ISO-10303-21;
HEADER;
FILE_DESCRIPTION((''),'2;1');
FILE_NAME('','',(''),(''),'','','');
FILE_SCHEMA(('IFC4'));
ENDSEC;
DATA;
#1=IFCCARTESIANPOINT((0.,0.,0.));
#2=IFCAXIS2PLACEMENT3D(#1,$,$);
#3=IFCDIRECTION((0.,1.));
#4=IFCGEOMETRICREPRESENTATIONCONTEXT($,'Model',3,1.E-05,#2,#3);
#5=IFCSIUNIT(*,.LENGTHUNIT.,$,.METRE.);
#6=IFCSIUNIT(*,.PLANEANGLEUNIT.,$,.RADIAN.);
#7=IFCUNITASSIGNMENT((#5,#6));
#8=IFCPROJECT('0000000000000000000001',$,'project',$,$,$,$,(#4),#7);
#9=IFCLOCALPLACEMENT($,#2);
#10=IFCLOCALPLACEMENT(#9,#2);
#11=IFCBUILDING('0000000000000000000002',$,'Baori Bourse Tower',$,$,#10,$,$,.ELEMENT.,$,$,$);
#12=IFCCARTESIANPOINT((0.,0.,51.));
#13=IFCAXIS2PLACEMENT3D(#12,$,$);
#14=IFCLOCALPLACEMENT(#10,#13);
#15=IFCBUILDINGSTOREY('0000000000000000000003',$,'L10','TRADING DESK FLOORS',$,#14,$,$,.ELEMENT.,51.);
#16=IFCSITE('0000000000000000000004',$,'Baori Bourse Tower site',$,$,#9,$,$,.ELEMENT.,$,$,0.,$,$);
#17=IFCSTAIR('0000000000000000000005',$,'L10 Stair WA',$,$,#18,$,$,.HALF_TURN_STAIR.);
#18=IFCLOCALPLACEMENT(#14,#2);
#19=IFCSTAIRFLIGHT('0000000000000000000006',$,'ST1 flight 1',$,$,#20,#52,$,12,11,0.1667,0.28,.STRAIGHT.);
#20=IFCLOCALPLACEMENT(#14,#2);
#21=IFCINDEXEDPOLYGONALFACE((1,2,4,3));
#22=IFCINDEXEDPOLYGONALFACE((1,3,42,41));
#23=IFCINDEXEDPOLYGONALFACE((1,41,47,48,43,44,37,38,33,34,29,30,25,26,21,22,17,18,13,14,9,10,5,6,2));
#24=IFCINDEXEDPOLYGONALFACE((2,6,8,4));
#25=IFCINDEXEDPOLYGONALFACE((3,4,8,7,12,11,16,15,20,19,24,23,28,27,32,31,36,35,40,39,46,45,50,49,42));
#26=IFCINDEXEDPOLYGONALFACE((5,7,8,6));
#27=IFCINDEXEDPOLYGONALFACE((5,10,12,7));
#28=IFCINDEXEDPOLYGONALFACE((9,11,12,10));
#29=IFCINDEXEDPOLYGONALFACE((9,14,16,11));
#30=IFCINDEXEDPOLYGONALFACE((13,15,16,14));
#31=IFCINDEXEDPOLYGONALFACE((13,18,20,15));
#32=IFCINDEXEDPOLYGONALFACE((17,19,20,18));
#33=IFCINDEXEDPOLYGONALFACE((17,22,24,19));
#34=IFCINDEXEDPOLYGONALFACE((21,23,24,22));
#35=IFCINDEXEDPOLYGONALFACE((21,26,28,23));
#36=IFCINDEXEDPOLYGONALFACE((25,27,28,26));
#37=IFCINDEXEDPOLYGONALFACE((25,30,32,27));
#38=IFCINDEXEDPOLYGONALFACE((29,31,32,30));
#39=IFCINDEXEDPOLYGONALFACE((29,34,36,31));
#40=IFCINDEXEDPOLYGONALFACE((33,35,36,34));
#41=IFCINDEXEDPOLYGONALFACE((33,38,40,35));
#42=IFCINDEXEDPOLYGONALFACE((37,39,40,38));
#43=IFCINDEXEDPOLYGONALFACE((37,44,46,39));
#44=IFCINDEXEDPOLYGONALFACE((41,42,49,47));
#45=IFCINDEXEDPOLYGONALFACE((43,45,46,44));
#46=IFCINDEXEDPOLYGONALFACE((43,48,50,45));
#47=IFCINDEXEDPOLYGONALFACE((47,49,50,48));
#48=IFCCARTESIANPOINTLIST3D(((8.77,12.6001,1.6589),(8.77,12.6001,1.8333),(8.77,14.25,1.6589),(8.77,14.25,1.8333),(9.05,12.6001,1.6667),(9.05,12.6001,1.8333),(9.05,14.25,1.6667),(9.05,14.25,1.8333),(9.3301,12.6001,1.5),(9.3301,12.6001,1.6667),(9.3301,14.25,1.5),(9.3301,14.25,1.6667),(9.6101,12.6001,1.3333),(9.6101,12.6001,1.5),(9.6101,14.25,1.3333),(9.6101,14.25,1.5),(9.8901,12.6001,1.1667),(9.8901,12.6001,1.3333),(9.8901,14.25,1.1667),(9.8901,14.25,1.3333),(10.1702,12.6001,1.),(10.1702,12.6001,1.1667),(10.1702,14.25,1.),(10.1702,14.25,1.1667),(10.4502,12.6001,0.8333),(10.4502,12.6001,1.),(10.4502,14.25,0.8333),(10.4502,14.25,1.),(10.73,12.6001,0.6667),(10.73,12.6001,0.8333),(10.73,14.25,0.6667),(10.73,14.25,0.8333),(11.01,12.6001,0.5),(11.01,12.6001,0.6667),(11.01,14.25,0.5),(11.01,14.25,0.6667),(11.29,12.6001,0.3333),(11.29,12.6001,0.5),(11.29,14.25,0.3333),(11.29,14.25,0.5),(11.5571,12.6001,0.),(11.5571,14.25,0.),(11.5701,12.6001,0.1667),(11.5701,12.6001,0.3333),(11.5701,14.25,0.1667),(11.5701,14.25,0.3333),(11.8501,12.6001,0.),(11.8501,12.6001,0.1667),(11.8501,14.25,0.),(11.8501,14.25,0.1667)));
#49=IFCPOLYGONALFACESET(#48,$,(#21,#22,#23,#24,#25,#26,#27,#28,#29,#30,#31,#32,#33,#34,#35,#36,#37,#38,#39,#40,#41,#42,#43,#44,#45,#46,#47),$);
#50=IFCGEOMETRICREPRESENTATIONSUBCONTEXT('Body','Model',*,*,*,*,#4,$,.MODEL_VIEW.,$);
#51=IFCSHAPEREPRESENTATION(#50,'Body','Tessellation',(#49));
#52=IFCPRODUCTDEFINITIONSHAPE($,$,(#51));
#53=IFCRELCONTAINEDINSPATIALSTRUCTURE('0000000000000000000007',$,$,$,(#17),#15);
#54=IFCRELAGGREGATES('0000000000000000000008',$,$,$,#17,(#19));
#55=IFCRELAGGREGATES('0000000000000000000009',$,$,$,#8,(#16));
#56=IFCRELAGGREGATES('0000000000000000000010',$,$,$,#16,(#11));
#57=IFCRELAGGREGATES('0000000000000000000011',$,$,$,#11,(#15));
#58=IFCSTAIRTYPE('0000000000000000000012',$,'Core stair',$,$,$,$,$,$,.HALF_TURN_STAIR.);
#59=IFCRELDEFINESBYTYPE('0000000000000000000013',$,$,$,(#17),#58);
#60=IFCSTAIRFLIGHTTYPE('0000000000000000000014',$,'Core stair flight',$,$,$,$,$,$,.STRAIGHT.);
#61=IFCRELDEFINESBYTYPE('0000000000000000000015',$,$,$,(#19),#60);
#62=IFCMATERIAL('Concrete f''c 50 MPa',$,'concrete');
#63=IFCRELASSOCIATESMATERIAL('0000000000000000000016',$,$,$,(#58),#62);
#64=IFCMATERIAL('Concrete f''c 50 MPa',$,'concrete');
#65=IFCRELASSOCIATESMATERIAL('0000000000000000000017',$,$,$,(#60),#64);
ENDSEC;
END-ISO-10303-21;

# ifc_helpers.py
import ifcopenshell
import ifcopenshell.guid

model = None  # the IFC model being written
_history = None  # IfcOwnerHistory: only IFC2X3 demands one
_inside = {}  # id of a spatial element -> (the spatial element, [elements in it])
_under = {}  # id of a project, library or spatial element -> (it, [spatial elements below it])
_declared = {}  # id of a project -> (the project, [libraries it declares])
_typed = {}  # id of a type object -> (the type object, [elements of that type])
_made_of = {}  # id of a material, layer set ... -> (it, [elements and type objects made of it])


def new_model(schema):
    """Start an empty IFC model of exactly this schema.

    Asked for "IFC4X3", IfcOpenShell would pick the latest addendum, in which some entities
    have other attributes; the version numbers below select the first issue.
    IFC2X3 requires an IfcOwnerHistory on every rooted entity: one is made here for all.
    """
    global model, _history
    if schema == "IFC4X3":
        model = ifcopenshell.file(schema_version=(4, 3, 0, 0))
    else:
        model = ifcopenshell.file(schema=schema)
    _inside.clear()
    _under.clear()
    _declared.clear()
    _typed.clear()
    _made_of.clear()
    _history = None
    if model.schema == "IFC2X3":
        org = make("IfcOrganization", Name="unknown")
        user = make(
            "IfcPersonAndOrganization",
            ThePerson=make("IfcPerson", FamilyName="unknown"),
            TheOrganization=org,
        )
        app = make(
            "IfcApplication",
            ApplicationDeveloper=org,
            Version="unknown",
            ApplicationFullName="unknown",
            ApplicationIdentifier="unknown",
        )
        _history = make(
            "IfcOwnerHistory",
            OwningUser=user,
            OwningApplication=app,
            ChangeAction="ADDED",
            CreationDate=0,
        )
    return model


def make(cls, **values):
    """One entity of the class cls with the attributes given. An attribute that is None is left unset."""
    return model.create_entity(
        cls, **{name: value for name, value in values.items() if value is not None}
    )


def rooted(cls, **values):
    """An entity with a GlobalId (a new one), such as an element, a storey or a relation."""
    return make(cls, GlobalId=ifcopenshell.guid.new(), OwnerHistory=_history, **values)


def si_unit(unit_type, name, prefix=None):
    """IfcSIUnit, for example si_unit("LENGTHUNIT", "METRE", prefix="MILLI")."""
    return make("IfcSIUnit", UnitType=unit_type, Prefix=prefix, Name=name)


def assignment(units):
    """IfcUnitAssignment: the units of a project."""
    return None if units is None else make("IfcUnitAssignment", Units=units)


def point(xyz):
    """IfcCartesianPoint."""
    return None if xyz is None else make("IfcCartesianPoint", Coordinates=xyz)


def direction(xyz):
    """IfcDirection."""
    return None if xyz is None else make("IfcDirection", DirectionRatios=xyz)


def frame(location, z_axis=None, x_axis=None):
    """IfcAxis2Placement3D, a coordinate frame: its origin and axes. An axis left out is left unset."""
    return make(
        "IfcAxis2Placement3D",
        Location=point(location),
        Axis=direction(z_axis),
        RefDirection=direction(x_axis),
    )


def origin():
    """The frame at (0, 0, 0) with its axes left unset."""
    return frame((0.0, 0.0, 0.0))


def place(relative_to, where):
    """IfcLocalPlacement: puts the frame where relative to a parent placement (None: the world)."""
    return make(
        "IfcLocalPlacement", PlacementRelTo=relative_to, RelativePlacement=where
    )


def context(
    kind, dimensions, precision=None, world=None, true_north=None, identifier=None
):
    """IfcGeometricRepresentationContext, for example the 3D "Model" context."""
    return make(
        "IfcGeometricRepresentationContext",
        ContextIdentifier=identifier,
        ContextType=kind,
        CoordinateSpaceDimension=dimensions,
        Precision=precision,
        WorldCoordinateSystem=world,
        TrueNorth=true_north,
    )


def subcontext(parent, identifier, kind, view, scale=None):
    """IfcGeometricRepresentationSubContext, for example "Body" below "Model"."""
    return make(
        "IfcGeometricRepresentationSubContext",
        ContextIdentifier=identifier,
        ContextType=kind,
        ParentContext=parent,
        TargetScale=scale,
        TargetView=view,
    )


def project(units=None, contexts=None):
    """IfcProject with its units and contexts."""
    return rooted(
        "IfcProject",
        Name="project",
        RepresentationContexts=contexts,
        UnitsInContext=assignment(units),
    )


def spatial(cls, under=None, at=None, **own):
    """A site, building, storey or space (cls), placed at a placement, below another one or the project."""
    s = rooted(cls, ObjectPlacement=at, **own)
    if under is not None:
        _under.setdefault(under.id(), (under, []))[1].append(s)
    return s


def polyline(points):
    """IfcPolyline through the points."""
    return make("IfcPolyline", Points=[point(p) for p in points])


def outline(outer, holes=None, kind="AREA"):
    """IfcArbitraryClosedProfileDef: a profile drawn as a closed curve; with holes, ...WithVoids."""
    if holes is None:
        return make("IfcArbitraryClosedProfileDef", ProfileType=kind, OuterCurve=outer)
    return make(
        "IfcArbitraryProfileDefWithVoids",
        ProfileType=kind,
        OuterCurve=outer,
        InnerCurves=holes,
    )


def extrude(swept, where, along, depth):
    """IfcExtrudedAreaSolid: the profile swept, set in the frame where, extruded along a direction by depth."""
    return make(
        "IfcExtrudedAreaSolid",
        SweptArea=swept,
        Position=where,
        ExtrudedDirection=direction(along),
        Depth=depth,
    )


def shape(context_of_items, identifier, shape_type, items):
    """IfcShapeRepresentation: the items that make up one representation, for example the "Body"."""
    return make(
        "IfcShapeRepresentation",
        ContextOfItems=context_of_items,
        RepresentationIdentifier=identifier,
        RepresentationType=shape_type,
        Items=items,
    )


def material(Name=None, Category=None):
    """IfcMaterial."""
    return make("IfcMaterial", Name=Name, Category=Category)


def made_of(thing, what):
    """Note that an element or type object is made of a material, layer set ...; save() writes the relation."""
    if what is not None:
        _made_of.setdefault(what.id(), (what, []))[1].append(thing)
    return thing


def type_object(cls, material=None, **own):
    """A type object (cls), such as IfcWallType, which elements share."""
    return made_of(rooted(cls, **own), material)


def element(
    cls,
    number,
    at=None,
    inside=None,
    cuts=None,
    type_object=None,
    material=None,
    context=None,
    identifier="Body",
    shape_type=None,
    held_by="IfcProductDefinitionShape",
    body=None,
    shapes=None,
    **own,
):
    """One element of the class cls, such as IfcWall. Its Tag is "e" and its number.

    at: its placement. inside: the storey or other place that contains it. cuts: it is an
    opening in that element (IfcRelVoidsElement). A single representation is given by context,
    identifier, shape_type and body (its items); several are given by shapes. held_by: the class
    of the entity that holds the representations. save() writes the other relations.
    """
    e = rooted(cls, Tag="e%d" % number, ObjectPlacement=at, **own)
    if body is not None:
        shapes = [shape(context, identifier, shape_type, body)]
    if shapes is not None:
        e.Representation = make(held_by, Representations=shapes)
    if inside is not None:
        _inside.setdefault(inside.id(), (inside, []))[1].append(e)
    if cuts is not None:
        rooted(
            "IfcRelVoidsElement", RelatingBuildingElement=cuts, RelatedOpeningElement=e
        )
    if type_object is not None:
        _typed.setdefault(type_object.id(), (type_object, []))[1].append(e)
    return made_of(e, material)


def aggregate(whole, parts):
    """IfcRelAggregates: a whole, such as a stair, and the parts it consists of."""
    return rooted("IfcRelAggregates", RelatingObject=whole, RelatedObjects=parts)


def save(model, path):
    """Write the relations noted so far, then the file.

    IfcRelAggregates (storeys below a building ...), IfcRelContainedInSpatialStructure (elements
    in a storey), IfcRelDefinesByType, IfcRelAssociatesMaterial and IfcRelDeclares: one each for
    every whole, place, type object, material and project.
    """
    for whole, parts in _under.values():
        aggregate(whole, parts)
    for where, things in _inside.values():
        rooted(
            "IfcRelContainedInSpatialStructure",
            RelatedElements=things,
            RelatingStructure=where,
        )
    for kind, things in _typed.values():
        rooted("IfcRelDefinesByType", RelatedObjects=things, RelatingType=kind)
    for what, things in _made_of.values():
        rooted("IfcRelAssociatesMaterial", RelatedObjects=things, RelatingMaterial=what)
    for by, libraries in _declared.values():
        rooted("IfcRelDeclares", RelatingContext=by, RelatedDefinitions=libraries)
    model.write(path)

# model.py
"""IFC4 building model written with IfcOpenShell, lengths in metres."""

from ifc_helpers import new_model, si_unit, direction, frame, origin, place, context, subcontext, project, spatial, polyline, outline, extrude, material, type_object, element, aggregate, save


model = new_model("IFC4")

# Units and contexts
model_context = context("Model", 3, precision=1e-05, world=origin(), true_north=direction((0.0, 1.0)))
body_context = subcontext(model_context, "Body", "Model", "MODEL_VIEW")
ifc_project = project(units=[si_unit("LENGTHUNIT", "METRE"), si_unit("PLANEANGLEUNIT", "RADIAN")], contexts=[model_context])

# Site, building, storey
site_placement = place(None, origin())
site = spatial("IfcSite", under=ifc_project, at=site_placement, Name="Baori Bourse Tower site", CompositionType="ELEMENT", RefElevation=0.0)
building_placement = place(site_placement, origin())
building = spatial("IfcBuilding", under=site, at=building_placement, Name="Baori Bourse Tower", CompositionType="ELEMENT")
storey_placement = place(building_placement, frame((0.0, 0.0, 51.0)))
storey = spatial("IfcBuildingStorey", under=building, at=storey_placement, Name="L10", Description="TRADING DESK FLOORS", CompositionType="ELEMENT", Elevation=51.0)

# Stair, stair flight
ifc_material_1 = material(Name="Concrete f'c 50 MPa", Category="concrete")
stair_type = type_object("IfcStairType", Name="Core stair", PredefinedType="HALF_TURN_STAIR", material=ifc_material_1)
stair_placement = place(storey_placement, origin())
stair = element("IfcStair", 1, at=stair_placement, inside=storey, type_object=stair_type, Name="L10 Stair WA", PredefinedType="HALF_TURN_STAIR")
ifc_material_2 = material(Name="Concrete f'c 50 MPa", Category="concrete")
stair_flight_type = type_object("IfcStairFlightType", Name="Core stair flight", PredefinedType="STRAIGHT", material=ifc_material_2)
stair_flight_placement = place(storey_placement, frame((11.8501, 13.425, 0.0), z_axis=(0.0, 0.0, 1.0), x_axis=(-1.0, 0.0, 0.0)))
stair_flight = element("IfcStairFlight", 2, at=stair_flight_placement, type_object=stair_flight_type, Name="ST1 flight 1", NumberOfRisers=12, NumberOfTreads=11, PredefinedType="STRAIGHT", RiserHeight=0.1667, TreadLength=0.28, context=body_context, shape_type="SweptSolid", body=[
    extrude(outline(polyline([(0.0, 0.0), (0.0, 0.1667), (0.28, 0.1667), (0.28, 0.3333), (0.5601, 0.3333), (0.5601, 0.5), (0.8401, 0.5), (0.8401, 0.6667), (1.1201, 0.6667), (1.1201, 0.8333), (1.3999, 0.8333), (1.3999, 1.0), (1.6799, 1.0), (1.6799, 1.1667), (1.96, 1.1667), (1.96, 1.3333), (2.24, 1.3333), (2.24, 1.5), (2.52, 1.5), (2.52, 1.6667), (2.8, 1.6667), (2.8, 1.8333), (3.0801, 1.8333), (3.0801, 2.0), (3.0801, 1.6589), (0.293, 0.0), (0.0, 0.0)])), frame((0.0, 0.825, 0.0), z_axis=(0.0, -1.0, 0.0), x_axis=(1.0, 0.0, 0.0)), (0.0, 0.0, 1.0), 1.6499),
])
aggregate(stair, [stair_flight])

save(model, "model.ifc")
